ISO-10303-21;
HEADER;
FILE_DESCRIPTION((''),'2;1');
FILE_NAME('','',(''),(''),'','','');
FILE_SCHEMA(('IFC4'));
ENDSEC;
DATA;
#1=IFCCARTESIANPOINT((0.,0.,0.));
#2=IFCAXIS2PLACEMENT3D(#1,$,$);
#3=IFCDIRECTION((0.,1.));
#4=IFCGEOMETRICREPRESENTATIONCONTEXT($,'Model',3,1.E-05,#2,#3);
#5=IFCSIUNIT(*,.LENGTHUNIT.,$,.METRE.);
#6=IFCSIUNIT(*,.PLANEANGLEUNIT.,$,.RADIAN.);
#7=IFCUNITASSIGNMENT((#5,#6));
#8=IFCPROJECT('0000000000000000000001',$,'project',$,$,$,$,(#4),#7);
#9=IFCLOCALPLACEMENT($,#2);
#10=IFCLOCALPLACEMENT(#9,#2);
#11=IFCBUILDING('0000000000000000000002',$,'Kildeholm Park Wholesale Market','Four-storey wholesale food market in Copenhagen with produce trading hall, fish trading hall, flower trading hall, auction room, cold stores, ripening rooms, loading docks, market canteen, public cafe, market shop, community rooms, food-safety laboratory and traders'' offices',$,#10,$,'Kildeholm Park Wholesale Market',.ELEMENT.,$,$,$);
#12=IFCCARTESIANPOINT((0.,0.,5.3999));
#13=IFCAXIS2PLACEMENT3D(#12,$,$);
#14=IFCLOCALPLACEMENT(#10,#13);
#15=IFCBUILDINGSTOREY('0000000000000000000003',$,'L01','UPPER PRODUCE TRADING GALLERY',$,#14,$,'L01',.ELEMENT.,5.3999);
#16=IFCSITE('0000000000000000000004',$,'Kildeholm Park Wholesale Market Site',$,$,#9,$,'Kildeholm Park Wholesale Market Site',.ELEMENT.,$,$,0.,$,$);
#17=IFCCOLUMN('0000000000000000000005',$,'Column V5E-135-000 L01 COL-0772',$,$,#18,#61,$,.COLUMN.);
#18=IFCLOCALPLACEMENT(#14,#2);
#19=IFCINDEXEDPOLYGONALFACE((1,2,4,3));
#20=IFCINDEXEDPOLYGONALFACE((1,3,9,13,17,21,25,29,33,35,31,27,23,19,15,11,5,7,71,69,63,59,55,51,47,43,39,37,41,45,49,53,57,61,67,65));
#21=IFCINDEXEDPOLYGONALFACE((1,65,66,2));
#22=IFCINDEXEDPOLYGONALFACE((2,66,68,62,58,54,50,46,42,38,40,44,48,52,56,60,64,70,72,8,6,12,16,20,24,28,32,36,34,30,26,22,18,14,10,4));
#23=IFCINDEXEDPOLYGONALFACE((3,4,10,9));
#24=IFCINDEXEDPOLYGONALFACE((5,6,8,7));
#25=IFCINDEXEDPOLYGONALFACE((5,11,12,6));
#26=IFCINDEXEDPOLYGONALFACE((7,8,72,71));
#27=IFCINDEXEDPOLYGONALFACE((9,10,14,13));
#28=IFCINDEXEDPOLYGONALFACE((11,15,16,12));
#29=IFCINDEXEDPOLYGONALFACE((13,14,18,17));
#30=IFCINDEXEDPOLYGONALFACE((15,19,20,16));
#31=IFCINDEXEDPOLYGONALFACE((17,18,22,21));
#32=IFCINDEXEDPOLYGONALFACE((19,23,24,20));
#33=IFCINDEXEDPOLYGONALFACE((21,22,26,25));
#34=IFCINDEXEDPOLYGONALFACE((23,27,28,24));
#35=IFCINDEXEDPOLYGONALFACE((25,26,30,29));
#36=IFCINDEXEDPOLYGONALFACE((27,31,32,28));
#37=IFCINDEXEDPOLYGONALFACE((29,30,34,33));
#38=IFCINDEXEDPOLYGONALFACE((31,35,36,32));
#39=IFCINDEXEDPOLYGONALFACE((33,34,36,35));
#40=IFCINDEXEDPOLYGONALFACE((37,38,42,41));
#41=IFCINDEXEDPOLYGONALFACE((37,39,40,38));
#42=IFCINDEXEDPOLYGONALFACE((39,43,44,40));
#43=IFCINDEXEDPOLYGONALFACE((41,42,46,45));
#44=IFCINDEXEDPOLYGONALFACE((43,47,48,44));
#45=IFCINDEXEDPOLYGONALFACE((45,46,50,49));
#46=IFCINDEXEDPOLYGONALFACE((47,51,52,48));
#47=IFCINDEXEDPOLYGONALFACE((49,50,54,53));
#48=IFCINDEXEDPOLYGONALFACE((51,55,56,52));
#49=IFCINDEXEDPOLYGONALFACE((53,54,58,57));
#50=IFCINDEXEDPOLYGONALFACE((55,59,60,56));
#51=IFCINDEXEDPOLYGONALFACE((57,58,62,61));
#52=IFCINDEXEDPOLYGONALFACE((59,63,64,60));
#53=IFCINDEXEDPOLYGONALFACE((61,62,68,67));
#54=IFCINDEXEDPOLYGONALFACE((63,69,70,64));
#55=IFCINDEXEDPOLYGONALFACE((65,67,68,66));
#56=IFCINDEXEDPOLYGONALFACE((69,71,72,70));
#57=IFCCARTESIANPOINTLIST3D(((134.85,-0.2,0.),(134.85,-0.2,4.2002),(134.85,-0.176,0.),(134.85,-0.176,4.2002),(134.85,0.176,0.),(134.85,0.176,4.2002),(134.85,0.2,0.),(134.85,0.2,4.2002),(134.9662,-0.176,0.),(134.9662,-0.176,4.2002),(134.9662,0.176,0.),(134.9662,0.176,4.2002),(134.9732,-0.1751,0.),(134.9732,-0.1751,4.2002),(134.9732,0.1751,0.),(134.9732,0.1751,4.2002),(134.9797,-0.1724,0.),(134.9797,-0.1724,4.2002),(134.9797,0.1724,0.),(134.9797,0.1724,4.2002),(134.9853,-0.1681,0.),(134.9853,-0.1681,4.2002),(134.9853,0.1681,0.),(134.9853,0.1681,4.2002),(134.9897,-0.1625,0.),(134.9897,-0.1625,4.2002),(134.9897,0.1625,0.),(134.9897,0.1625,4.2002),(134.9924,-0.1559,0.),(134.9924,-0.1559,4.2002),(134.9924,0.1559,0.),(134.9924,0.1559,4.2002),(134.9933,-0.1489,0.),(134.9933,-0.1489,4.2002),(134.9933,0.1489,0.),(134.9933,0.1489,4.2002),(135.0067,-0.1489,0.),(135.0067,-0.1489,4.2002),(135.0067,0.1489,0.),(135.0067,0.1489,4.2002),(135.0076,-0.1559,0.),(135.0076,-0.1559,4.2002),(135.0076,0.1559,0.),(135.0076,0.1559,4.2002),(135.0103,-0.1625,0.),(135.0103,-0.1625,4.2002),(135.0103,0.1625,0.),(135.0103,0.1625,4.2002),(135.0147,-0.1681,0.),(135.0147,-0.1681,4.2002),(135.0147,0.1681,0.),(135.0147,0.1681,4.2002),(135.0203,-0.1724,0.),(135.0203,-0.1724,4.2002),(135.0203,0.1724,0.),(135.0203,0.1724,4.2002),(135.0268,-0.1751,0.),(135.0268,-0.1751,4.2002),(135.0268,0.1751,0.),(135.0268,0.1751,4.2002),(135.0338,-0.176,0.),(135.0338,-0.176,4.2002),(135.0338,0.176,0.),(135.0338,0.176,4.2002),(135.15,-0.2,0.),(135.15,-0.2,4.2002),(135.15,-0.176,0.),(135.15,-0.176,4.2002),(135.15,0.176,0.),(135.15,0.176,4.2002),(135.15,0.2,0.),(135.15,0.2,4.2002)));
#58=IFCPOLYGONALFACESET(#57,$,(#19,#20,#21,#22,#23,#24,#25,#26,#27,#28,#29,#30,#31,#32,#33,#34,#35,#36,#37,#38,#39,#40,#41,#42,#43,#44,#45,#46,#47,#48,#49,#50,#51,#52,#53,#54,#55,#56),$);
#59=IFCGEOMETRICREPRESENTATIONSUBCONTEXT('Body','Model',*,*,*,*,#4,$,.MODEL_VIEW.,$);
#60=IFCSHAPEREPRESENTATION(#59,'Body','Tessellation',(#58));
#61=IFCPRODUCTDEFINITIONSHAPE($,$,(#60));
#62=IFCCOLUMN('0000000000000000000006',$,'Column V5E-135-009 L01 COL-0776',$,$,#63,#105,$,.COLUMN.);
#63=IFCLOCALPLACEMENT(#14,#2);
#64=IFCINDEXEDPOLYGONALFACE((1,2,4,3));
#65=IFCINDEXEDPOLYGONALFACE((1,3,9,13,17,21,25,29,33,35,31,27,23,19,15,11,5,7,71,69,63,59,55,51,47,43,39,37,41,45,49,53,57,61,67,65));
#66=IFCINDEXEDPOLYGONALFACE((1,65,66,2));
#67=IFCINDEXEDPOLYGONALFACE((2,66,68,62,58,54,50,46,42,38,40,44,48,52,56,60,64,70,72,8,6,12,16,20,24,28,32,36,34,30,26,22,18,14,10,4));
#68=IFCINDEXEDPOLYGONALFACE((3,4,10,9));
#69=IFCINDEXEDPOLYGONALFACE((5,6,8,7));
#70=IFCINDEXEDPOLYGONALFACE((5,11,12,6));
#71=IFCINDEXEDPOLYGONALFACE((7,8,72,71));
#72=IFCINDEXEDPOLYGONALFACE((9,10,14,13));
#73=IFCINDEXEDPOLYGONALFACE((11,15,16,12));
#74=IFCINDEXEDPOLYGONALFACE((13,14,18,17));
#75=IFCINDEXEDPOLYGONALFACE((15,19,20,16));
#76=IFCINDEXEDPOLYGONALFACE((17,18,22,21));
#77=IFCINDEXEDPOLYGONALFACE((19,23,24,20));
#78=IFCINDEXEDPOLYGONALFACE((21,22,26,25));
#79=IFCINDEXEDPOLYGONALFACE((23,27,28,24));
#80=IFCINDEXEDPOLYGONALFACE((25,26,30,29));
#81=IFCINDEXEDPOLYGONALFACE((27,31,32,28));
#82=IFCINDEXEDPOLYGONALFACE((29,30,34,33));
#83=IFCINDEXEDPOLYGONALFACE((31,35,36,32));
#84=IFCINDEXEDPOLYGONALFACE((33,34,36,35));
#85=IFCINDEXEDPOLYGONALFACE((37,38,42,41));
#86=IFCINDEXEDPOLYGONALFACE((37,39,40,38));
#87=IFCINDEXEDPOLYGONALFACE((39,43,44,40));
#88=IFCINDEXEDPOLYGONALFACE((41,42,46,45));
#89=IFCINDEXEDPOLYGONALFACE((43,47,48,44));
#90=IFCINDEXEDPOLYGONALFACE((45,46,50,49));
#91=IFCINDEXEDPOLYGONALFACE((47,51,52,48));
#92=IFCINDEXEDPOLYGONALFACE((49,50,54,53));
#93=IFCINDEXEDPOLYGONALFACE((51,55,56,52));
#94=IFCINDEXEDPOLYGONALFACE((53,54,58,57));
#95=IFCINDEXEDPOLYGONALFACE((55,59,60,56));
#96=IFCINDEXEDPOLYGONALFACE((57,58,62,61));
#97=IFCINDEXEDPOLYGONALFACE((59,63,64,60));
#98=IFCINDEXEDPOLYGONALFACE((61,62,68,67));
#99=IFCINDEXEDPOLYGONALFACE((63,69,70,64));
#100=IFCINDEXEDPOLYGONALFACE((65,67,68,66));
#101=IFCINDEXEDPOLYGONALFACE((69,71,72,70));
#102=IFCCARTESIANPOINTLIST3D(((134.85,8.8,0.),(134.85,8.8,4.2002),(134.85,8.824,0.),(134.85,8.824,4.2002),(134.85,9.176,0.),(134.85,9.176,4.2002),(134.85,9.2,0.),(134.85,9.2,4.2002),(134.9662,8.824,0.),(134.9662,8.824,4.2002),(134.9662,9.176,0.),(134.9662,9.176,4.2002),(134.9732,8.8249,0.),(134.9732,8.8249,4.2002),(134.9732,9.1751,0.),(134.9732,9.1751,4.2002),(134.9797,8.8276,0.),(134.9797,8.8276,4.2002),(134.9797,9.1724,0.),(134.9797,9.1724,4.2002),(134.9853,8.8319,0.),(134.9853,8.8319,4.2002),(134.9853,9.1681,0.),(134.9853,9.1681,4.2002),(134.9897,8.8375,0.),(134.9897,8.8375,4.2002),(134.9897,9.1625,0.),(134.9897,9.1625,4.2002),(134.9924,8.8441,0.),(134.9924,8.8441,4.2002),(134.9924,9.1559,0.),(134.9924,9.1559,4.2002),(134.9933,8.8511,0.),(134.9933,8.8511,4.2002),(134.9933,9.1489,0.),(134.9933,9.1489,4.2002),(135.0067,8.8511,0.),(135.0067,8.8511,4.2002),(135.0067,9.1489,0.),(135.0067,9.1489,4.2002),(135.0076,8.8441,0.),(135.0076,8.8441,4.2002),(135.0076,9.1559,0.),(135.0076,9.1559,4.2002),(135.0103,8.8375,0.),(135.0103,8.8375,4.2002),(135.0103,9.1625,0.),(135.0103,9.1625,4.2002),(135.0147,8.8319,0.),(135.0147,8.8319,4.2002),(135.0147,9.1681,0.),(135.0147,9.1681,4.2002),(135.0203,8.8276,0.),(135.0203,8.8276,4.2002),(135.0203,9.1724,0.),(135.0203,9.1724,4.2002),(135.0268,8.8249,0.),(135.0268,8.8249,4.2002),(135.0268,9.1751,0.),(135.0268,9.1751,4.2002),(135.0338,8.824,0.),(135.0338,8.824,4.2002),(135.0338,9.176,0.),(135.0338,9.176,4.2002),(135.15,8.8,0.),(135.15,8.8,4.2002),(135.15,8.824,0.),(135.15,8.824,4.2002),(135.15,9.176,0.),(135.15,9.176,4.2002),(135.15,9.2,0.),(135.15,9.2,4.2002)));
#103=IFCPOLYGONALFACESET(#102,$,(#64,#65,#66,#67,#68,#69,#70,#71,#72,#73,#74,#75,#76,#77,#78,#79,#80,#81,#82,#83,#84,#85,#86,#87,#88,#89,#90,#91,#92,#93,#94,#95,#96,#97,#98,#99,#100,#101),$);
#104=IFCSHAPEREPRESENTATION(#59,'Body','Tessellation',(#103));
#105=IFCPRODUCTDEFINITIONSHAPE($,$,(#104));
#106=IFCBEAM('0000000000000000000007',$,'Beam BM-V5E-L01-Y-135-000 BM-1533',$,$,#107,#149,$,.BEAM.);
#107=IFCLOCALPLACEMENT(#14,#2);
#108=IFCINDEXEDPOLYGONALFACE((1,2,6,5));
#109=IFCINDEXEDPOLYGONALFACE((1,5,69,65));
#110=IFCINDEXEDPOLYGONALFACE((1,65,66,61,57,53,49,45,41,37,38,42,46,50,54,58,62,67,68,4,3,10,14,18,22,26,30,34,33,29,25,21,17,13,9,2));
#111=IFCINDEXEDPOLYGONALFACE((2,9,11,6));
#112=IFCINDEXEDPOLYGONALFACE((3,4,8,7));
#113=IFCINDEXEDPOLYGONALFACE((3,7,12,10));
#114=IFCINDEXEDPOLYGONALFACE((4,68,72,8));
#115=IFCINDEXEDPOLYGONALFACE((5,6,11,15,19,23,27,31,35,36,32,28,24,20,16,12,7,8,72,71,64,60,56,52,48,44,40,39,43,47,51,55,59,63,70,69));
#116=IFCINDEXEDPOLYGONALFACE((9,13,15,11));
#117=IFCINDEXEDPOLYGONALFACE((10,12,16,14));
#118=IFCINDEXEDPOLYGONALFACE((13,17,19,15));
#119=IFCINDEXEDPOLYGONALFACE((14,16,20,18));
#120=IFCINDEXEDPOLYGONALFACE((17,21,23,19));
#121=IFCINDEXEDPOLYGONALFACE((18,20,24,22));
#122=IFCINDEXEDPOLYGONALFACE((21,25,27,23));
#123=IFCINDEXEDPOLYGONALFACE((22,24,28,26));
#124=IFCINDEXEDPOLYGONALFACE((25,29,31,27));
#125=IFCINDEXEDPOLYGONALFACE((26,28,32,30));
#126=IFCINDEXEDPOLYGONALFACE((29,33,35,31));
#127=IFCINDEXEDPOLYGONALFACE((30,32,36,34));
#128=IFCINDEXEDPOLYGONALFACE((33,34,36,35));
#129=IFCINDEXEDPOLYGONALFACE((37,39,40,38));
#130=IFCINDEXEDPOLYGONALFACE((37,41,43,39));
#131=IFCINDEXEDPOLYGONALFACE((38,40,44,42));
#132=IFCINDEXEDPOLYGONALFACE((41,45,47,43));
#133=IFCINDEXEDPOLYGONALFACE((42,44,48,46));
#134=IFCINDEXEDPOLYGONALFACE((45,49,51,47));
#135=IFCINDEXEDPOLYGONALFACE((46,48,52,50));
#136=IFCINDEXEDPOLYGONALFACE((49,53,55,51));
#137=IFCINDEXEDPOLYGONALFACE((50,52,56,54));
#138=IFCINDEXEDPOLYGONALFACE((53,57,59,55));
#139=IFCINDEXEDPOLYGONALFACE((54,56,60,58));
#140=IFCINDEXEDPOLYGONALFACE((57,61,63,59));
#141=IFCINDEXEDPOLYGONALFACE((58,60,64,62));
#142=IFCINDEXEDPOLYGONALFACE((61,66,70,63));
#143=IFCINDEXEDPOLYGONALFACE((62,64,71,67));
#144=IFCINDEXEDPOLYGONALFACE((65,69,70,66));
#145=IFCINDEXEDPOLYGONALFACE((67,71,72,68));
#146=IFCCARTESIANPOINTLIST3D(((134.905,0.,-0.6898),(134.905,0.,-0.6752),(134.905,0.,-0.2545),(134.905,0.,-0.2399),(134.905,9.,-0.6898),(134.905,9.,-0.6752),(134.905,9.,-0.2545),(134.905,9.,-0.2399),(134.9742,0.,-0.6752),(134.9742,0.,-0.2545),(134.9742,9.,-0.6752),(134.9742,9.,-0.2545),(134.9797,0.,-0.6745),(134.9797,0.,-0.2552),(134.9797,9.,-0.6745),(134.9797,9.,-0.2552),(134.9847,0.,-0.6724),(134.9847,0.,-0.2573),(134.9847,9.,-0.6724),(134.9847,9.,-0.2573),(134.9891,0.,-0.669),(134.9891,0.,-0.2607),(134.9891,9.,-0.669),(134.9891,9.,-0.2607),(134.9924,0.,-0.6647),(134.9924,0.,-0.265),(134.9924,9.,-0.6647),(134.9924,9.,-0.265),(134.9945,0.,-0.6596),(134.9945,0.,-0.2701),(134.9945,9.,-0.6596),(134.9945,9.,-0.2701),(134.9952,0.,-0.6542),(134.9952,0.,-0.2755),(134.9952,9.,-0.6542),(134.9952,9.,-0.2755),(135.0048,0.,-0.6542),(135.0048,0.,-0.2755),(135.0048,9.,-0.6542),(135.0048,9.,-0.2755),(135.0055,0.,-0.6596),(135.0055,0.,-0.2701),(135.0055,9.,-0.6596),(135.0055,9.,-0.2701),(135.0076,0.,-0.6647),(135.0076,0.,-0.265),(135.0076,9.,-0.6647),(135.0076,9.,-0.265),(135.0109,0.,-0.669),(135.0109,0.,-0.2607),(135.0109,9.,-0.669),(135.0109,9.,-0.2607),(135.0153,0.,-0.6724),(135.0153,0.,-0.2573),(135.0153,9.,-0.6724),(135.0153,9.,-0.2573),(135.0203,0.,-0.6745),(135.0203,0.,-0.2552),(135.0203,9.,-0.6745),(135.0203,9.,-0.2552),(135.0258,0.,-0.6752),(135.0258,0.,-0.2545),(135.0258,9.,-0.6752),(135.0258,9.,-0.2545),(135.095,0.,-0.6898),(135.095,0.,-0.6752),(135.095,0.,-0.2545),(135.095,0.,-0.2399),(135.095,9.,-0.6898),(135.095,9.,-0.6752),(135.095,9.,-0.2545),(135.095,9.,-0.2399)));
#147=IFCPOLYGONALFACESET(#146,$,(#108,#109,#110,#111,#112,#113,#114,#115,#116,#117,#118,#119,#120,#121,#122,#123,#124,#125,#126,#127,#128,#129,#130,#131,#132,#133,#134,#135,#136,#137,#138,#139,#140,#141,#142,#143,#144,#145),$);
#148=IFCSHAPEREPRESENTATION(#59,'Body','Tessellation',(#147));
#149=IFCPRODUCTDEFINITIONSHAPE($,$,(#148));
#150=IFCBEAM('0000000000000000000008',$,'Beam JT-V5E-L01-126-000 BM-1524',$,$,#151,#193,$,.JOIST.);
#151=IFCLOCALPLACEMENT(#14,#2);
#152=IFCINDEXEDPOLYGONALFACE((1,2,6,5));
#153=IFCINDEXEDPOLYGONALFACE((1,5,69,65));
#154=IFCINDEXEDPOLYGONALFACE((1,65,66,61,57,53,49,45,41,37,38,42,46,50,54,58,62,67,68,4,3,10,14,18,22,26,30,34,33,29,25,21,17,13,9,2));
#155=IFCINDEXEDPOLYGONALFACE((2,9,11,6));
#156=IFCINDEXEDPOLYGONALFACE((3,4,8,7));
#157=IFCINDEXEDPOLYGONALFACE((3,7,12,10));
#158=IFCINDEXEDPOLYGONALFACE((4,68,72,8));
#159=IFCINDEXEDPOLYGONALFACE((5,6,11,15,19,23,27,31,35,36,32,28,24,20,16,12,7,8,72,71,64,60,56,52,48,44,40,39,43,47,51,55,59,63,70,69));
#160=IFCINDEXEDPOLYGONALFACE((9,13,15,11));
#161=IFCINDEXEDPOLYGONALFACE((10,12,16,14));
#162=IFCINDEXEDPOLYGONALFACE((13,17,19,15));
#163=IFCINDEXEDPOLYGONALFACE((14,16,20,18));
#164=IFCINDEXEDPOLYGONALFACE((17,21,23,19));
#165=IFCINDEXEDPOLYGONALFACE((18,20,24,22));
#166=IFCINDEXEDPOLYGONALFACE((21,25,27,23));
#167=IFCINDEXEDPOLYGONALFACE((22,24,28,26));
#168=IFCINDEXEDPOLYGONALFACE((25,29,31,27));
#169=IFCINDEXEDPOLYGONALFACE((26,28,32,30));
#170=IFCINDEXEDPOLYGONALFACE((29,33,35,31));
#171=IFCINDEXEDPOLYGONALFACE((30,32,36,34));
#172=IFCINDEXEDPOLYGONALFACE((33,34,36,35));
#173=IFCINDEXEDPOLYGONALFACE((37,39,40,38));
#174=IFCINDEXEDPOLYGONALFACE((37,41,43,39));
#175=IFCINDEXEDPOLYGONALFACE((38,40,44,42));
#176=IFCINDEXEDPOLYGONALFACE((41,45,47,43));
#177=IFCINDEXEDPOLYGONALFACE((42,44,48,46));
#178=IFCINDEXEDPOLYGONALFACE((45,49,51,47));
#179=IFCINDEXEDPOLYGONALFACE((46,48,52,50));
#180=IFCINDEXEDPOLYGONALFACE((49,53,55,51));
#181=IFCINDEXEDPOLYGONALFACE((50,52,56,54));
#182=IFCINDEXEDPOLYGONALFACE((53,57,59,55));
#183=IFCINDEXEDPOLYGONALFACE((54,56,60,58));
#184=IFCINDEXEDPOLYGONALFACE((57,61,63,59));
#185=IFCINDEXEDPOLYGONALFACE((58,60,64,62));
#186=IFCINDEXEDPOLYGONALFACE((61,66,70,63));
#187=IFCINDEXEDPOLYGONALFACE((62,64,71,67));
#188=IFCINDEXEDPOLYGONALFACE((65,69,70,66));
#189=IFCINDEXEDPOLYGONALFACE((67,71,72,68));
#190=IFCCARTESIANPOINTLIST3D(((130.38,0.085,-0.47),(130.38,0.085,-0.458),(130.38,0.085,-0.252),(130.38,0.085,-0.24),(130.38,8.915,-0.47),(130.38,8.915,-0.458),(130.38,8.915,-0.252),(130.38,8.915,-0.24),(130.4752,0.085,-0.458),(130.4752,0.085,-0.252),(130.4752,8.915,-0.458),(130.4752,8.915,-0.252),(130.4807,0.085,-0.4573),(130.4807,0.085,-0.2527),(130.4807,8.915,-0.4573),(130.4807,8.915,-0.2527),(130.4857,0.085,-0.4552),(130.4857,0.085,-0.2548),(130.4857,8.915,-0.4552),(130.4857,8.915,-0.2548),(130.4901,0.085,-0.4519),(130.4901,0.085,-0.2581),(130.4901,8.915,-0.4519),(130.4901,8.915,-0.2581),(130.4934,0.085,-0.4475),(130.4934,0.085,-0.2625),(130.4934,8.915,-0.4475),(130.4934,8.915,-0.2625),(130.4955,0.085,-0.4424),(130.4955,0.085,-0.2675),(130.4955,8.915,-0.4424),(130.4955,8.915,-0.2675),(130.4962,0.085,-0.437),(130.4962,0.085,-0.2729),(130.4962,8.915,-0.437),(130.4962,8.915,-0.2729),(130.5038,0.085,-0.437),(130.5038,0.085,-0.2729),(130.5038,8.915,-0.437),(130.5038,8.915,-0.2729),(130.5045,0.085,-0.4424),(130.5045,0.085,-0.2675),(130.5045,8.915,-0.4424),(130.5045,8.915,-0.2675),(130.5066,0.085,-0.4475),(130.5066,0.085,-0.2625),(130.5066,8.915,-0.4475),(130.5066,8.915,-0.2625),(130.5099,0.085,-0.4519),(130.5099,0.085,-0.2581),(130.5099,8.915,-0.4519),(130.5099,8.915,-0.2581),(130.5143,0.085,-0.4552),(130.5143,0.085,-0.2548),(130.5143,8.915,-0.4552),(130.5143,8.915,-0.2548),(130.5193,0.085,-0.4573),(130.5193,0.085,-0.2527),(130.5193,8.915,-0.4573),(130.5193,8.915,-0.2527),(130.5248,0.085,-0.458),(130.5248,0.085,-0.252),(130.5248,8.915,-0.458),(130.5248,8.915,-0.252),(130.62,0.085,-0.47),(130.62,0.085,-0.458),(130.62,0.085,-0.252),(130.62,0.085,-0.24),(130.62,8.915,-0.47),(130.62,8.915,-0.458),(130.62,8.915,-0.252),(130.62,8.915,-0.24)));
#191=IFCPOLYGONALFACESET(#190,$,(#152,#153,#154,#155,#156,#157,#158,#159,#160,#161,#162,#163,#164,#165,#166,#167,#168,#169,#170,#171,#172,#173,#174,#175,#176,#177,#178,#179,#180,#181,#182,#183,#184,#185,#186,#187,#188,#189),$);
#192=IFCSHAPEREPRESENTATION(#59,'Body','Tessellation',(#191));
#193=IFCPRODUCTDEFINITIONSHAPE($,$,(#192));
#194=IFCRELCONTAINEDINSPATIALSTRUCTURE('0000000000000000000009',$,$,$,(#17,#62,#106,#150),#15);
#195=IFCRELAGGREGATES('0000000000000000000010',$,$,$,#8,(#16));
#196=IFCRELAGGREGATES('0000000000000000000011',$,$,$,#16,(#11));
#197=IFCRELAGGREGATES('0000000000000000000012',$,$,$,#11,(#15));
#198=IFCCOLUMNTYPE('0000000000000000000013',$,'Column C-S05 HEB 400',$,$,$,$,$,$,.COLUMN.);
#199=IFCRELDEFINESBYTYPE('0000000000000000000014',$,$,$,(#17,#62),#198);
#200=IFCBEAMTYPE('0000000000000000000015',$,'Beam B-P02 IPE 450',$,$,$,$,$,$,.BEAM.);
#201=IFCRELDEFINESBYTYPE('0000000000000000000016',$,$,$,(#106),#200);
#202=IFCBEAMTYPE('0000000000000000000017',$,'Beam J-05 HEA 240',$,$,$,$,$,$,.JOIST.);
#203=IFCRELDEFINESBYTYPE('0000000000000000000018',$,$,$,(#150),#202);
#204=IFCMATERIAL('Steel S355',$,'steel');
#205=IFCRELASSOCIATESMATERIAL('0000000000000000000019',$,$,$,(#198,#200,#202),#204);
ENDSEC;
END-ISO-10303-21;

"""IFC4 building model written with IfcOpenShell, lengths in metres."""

from ifc_helpers import new_model, si_unit, direction, frame, origin, origin_2d, place, context, subcontext, project, spatial, i_section, extrude, material, material_profile, profile_set, type_object, element, save


model = new_model("IFC4")

# Units and contexts
model_context = context("Model", 3, precision=1e-05, world=origin(), true_north=direction((0.0, 1.0)))
body_context = subcontext(model_context, "Body", "Model", "MODEL_VIEW")
ifc_project = project(units=[si_unit("LENGTHUNIT", "METRE"), si_unit("PLANEANGLEUNIT", "RADIAN")], contexts=[model_context])

# Site, building, storey
site_placement = place(None, origin())
site = spatial("IfcSite", under=ifc_project, at=site_placement, Name="Kildeholm Park Wholesale Market Site", LongName="Kildeholm Park Wholesale Market Site", CompositionType="ELEMENT", RefElevation=0.0)
building_placement = place(site_placement, origin())
building = spatial("IfcBuilding", under=site, at=building_placement, Name="Kildeholm Park Wholesale Market", Description="Four-storey wholesale food market in Copenhagen with produce trading hall, fish trading hall, flower trading hall, auction room, cold stores, ripening rooms, loading docks, market canteen, public cafe, market shop, community rooms, food-safety laboratory and traders' offices", LongName="Kildeholm Park Wholesale Market", CompositionType="ELEMENT")
storey_placement = place(building_placement, frame((0.0, 0.0, 5.3999)))
storey = spatial("IfcBuildingStorey", under=building, at=storey_placement, Name="L01", Description="UPPER PRODUCE TRADING GALLERY", LongName="L01", CompositionType="ELEMENT", Elevation=5.3999)

# Columns
ifc_material_1 = material(Name="Steel S355", Category="steel")
ifc_material_profile_1 = material_profile(ifc_material_1, i_section(OverallWidth=0.3, OverallDepth=0.3999, WebThickness=0.0134, FlangeThickness=0.0239, FilletRadius=0.0271, at=origin_2d()), Name="HEB 400")
ifc_profile_set_1 = profile_set([ifc_material_profile_1], Name="Steel S355")
column_type = type_object("IfcColumnType", Name="Column C-S05 HEB 400", PredefinedType="COLUMN", material=ifc_profile_set_1)
for number, where, z_axis, x_axis, name in (
    (1, (135.0, 0.0, 0.0), (0.0, 0.0, 1.0), (1.0, 0.0, 0.0), "Column V5E-135-000 L01 COL-0772"),
    (2, (135.0, 9.0, 0.0), (0.0, 0.0, 1.0), (1.0, 0.0, 0.0), "Column V5E-135-009 L01 COL-0776"),
):
    element("IfcColumn", number, at=place(storey_placement, frame(where, z_axis=z_axis, x_axis=x_axis)), inside=storey, type_object=column_type, Name=name, PredefinedType="COLUMN", context=body_context, shape_type="SweptSolid", body=[
        extrude(i_section(OverallWidth=0.3, OverallDepth=0.3999, WebThickness=0.0134, FlangeThickness=0.0239, FilletRadius=0.0271, at=origin_2d()), origin(), (0.0, 0.0, 1.0), 4.2002),
    ])

# Beams
ifc_material_profile_2 = material_profile(ifc_material_1, i_section(OverallWidth=0.1899, OverallDepth=0.45, WebThickness=0.0095, FlangeThickness=0.0146, FilletRadius=0.021, at=origin_2d()), Name="IPE 450")
ifc_profile_set_2 = profile_set([ifc_material_profile_2], Name="Steel S355")
beam_type_1 = type_object("IfcBeamType", Name="Beam B-P02 IPE 450", PredefinedType="BEAM", material=ifc_profile_set_2)
beam_1_placement = place(storey_placement, frame((135.0, 0.0, -0.4648), z_axis=(0.0, 1.0, 0.0), x_axis=(-1.0, 0.0, 0.0)))
element("IfcBeam", 3, at=beam_1_placement, inside=storey, type_object=beam_type_1, Name="Beam BM-V5E-L01-Y-135-000 BM-1533", PredefinedType="BEAM", context=body_context, shape_type="SweptSolid", body=[
    extrude(i_section(OverallWidth=0.1899, OverallDepth=0.45, WebThickness=0.0095, FlangeThickness=0.0146, FilletRadius=0.021, at=origin_2d()), origin(), (0.0, 0.0, 1.0), 9.0),
])
ifc_material_profile_3 = material_profile(ifc_material_1, i_section(OverallWidth=0.24, OverallDepth=0.23, WebThickness=0.0076, FlangeThickness=0.012, FilletRadius=0.021, at=origin_2d()), Name="HEA 240")
ifc_profile_set_3 = profile_set([ifc_material_profile_3], Name="Steel S355")
beam_type_2 = type_object("IfcBeamType", Name="Beam J-05 HEA 240", PredefinedType="JOIST", material=ifc_profile_set_3)
beam_2_placement = place(storey_placement, frame((130.5, 0.085, -0.355), z_axis=(0.0, 1.0, 0.0), x_axis=(-1.0, 0.0, 0.0)))
element("IfcBeam", 4, at=beam_2_placement, inside=storey, type_object=beam_type_2, Name="Beam JT-V5E-L01-126-000 BM-1524", PredefinedType="JOIST", context=body_context, shape_type="SweptSolid", body=[
    extrude(i_section(OverallWidth=0.24, OverallDepth=0.23, WebThickness=0.0076, FlangeThickness=0.012, FilletRadius=0.021, at=origin_2d()), origin(), (0.0, 0.0, 1.0), 8.8301),
])

save(model, "model.ifc")
